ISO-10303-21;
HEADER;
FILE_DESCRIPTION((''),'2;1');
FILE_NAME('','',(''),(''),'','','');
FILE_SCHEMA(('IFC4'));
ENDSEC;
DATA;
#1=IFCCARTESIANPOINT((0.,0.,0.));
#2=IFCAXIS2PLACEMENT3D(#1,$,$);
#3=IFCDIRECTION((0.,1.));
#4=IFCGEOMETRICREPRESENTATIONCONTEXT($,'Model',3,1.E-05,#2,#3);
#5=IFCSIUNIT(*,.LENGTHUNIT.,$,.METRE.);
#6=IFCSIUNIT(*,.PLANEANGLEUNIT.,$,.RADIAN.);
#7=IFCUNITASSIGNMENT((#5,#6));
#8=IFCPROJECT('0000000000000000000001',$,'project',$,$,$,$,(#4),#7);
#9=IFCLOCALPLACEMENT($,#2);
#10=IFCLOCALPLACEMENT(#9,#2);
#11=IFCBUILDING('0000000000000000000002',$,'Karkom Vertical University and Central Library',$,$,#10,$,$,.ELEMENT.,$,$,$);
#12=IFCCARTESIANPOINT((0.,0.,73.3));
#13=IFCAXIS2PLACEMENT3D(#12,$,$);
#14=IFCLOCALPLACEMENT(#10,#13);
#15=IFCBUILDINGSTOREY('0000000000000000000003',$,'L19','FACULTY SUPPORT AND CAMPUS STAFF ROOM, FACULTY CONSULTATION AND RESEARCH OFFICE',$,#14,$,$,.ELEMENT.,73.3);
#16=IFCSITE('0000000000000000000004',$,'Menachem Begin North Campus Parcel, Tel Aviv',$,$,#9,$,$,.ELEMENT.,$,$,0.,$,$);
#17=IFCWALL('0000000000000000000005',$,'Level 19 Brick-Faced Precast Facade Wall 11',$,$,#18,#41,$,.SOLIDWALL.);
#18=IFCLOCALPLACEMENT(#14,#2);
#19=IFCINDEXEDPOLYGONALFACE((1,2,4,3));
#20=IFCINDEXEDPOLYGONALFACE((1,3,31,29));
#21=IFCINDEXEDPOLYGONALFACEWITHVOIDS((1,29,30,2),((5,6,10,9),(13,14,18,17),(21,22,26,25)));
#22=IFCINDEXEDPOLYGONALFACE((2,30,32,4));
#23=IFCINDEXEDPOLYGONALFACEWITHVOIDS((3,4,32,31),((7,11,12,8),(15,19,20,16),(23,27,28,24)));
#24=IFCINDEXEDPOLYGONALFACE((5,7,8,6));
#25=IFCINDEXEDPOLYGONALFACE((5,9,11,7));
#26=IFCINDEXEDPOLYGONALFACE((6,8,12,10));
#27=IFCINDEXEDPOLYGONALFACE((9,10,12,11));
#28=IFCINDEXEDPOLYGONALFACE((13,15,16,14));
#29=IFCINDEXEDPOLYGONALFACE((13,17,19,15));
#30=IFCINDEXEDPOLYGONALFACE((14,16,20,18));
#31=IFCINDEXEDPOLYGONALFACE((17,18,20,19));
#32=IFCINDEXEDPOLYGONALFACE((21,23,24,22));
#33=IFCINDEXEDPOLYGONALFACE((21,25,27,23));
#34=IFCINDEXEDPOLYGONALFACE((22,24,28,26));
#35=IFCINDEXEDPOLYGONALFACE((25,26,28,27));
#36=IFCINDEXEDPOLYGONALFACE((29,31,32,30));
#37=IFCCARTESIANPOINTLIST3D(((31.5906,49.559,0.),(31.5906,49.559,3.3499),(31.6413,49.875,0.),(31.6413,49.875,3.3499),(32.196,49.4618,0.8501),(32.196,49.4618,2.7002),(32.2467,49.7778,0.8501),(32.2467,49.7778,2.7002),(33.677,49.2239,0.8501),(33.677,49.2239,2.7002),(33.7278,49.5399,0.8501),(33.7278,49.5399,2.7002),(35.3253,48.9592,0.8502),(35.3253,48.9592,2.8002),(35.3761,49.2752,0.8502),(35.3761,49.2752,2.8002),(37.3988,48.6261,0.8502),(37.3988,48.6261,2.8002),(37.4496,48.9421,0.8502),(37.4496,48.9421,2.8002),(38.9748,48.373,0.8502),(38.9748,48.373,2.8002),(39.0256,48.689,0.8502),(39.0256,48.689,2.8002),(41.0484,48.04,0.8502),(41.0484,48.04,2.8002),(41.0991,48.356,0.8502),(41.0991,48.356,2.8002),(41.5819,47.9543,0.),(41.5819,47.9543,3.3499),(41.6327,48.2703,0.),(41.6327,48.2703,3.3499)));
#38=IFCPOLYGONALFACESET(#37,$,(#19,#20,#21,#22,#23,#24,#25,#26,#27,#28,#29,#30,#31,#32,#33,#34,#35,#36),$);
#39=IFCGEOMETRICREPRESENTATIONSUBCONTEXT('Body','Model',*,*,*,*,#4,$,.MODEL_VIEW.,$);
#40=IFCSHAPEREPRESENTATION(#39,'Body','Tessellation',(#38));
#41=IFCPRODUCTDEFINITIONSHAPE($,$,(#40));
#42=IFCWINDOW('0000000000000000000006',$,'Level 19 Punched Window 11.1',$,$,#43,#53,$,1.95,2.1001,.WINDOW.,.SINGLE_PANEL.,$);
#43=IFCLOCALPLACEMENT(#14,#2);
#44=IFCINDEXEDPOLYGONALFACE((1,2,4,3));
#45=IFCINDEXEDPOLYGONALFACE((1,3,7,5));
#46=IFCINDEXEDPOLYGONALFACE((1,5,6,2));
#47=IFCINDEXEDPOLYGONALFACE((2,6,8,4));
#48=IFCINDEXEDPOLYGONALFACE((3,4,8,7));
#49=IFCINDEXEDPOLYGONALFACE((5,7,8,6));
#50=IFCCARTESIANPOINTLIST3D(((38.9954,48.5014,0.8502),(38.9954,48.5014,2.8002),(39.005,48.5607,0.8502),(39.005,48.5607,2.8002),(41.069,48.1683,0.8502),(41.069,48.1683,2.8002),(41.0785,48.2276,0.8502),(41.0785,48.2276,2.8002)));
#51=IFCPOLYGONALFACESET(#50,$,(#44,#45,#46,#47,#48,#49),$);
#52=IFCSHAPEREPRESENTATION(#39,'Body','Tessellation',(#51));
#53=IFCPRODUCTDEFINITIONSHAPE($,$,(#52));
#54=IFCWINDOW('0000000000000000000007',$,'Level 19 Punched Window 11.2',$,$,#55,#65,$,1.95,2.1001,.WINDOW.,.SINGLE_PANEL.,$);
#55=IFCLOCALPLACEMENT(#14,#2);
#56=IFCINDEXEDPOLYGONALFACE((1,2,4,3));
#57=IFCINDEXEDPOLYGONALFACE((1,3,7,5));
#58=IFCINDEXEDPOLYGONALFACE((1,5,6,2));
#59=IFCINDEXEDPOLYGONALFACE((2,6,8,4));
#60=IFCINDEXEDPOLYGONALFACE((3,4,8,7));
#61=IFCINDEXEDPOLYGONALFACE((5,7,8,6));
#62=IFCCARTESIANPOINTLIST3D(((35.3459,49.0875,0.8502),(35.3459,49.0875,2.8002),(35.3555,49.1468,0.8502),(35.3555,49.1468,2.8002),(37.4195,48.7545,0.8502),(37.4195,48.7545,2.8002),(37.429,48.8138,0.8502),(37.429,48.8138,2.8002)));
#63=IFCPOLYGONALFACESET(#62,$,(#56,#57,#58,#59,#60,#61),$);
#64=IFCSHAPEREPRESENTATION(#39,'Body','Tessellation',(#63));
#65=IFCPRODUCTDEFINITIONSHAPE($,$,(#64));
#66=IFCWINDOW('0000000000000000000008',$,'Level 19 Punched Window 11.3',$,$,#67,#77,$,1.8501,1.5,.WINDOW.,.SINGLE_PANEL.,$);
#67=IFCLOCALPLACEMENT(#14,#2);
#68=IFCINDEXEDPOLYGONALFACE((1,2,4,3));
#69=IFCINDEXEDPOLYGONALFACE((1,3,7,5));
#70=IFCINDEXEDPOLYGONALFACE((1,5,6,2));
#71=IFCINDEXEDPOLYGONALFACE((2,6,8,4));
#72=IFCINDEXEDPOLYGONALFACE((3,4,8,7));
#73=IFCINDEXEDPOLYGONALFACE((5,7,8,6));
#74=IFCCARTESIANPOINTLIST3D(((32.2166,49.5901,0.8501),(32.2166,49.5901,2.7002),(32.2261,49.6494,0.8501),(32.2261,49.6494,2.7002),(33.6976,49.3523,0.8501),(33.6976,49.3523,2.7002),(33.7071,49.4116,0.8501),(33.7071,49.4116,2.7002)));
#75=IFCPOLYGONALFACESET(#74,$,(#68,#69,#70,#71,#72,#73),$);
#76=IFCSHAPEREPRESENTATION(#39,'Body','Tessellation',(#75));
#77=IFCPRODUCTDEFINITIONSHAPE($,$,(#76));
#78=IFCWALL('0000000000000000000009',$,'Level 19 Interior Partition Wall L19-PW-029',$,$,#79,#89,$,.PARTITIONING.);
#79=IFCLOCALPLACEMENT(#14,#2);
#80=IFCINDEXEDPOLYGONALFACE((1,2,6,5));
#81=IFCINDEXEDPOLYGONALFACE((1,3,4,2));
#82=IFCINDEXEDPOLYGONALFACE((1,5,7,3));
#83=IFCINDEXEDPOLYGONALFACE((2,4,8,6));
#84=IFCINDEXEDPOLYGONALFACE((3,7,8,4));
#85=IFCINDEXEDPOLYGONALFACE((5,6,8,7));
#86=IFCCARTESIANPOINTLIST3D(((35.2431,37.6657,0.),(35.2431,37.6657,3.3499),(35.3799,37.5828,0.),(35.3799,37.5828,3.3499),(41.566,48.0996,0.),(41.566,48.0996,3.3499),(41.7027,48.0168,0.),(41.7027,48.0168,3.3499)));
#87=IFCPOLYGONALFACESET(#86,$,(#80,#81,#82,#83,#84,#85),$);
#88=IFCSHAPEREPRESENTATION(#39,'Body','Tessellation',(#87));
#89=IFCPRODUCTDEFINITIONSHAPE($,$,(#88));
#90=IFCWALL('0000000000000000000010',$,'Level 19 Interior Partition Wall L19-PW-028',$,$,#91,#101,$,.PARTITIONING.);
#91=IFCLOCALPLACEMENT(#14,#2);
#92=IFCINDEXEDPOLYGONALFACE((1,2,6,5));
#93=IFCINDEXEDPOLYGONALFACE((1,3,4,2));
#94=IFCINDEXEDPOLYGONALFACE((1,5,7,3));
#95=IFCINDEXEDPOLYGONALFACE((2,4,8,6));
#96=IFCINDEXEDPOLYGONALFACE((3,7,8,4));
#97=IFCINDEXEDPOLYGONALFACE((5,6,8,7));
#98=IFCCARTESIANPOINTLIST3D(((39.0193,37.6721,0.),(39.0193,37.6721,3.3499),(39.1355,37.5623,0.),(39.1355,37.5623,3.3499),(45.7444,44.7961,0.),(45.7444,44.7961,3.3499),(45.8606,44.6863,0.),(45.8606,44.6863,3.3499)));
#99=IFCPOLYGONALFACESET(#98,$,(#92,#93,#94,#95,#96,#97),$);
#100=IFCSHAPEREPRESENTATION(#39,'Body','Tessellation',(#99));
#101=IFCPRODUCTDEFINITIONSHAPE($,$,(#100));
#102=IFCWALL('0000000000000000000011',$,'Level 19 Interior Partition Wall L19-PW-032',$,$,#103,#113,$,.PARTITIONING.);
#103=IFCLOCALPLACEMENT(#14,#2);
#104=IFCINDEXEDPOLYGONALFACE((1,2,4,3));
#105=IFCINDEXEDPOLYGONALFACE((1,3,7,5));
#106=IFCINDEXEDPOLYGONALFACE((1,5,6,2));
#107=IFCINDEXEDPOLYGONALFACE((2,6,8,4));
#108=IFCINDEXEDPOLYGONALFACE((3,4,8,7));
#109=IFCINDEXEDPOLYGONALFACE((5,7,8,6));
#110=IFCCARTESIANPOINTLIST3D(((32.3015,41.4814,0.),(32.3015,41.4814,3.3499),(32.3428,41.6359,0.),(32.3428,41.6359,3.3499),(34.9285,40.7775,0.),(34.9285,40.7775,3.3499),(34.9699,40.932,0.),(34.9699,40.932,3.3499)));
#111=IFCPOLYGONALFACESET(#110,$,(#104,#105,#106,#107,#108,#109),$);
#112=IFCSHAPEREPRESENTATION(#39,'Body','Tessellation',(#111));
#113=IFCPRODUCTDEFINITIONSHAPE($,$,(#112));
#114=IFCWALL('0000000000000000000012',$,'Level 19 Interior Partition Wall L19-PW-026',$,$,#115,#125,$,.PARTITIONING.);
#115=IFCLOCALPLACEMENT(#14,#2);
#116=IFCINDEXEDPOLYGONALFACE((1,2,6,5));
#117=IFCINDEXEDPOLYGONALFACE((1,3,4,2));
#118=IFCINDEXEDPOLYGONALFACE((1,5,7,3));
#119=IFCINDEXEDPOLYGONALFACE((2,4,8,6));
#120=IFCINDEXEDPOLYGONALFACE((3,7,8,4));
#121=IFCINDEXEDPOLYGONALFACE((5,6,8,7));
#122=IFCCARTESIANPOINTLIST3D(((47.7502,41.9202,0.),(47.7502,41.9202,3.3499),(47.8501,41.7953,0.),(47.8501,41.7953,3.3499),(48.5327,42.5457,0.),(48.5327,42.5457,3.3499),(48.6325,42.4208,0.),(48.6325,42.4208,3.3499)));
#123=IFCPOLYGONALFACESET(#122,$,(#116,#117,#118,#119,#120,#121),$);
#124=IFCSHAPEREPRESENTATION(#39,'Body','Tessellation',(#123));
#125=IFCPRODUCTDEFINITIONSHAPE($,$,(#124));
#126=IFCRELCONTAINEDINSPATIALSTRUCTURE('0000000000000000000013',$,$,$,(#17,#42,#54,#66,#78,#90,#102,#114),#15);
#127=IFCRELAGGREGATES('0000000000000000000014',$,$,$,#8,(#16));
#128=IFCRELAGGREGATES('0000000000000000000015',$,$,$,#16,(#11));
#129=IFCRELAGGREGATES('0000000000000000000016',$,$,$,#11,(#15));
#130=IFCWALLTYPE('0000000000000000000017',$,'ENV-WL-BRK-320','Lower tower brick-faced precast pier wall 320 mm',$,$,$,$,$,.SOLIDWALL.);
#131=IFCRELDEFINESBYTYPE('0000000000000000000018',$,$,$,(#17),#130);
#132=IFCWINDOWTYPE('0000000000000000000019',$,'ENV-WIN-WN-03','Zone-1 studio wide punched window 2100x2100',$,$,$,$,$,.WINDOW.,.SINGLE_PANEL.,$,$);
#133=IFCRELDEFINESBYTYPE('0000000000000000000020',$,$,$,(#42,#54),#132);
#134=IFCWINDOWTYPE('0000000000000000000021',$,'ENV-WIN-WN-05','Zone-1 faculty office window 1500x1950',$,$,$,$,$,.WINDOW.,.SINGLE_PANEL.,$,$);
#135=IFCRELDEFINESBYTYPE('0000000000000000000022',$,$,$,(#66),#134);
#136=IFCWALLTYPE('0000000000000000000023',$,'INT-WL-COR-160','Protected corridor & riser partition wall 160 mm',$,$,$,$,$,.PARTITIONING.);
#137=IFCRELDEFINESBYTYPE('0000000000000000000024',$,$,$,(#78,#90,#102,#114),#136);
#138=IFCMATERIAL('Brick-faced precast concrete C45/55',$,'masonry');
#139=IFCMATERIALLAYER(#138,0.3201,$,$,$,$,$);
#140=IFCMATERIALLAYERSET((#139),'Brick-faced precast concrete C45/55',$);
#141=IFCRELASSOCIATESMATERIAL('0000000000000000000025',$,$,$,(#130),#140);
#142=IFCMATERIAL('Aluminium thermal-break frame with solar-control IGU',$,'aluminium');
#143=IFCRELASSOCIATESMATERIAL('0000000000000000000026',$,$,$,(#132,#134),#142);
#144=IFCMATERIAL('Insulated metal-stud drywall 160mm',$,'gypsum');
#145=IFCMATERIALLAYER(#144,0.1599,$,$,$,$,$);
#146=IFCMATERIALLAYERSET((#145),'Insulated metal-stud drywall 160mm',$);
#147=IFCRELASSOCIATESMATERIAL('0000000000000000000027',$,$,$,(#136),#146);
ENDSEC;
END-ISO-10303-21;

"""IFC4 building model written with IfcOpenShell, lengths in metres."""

from ifc_helpers import new_model, si_unit, direction, frame, frame_2d, origin, origin_with_axes, place, context, subcontext, project, spatial, rectangle, extrude, source, transform, mapped, material, layer, layer_set, type_object, element, fill, save


model = new_model("IFC4")

# Units and contexts
model_context = context("Model", 3, precision=1e-05, world=origin(), true_north=direction((0.0, 1.0)))
body_context = subcontext(model_context, "Body", "Model", "MODEL_VIEW")
ifc_project = project(units=[si_unit("LENGTHUNIT", "METRE"), si_unit("PLANEANGLEUNIT", "RADIAN")], contexts=[model_context])

# Site, building, storey
site_placement = place(None, origin())
site = spatial("IfcSite", under=ifc_project, at=site_placement, Name="Menachem Begin North Campus Parcel, Tel Aviv", CompositionType="ELEMENT", RefElevation=0.0)
building_placement = place(site_placement, origin())
building = spatial("IfcBuilding", under=site, at=building_placement, Name="Karkom Vertical University and Central Library", CompositionType="ELEMENT")
storey_placement = place(building_placement, frame((0.0, 0.0, 73.3)))
storey = spatial("IfcBuildingStorey", under=building, at=storey_placement, Name="L19", Description="FACULTY SUPPORT AND CAMPUS STAFF ROOM, FACULTY CONSULTATION AND RESEARCH OFFICE", CompositionType="ELEMENT", Elevation=73.3)

# Wall, openings, windows
ifc_material_1 = material(Name="Brick-faced precast concrete C45/55", Category="masonry")
ifc_layer_1 = layer(ifc_material_1, 0.3201)
ifc_layer_set_1 = layer_set([ifc_layer_1], Name="Brick-faced precast concrete C45/55")
wall_type_1 = type_object("IfcWallType", Name="ENV-WL-BRK-320", Description="Lower tower brick-faced precast pier wall 320 mm", PredefinedType="SOLIDWALL", material=ifc_layer_set_1)
ifc_material_2 = material(Name="Aluminium thermal-break frame with solar-control IGU", Category="aluminium")
window_type_1 = type_object("IfcWindowType", Name="ENV-WIN-WN-03", Description="Zone-1 studio wide punched window 2100x2100", PartitioningType="SINGLE_PANEL", PredefinedType="WINDOW", material=ifc_material_2)
shared_shape_1 = source(origin_with_axes(), body_context, "Body", "SweptSolid", [
    extrude(rectangle(XDim=2.1001, YDim=1.95, at=frame_2d((1.05, 0.9751))), frame((0.0, 0.03, 0.0), z_axis=(0.0, -1.0, 0.0), x_axis=(1.0, 0.0, 0.0)), (0.0, 0.0, 1.0), 0.0601),
])
wall_1_placement = place(storey_placement, frame((41.6072, 48.1123, 0.0), z_axis=(0.0, 0.0, 1.0), x_axis=(-0.987346, 0.158579, 0.0)))
wall_1 = element("IfcWall", 1, at=wall_1_placement, inside=storey, type_object=wall_type_1, Name="Level 19 Brick-Faced Precast Facade Wall 11", PredefinedType="SOLIDWALL", context=body_context, shape_type="SweptSolid", body=[
    extrude(rectangle(XDim=10.1194, YDim=0.3201, at=frame_2d((5.0596, 0.0))), origin(), (0.0, 0.0, 1.0), 3.3499),
])
opening_1_placement = place(wall_1_placement, frame((0.5403, 0.0, 0.8501)))
opening_1 = element("IfcOpeningElement", 2, at=opening_1_placement, cuts=wall_1, PredefinedType="OPENING", context=body_context, shape_type="SweptSolid", body=[
    extrude(rectangle(XDim=2.1001, YDim=1.95, at=frame_2d((1.05, 0.9751))), frame((0.0, 0.1699, 0.0), z_axis=(0.0, -1.0, 0.0), x_axis=(1.0, 0.0, 0.0)), (0.0, 0.0, 1.0), 0.3401),
])
opening_2_placement = place(wall_1_placement, frame((4.2366, 0.0, 0.8501)))
opening_2 = element("IfcOpeningElement", 3, at=opening_2_placement, cuts=wall_1, PredefinedType="OPENING", context=body_context, shape_type="SweptSolid", body=[
    extrude(rectangle(XDim=2.1001, YDim=1.95, at=frame_2d((1.05, 0.9751))), frame((0.0, 0.1699, 0.0), z_axis=(0.0, -1.0, 0.0), x_axis=(1.0, 0.0, 0.0)), (0.0, 0.0, 1.0), 0.3401),
])
opening_3_placement = place(wall_1_placement, frame((8.0061, 0.0, 0.8501)))
opening_3 = element("IfcOpeningElement", 4, at=opening_3_placement, cuts=wall_1, PredefinedType="OPENING", context=body_context, shape_type="SweptSolid", body=[
    extrude(rectangle(XDim=1.5, YDim=1.8501, at=frame_2d((0.75, 0.925))), frame((0.0, 0.1699, 0.0), z_axis=(0.0, -1.0, 0.0), x_axis=(1.0, 0.0, 0.0)), (0.0, 0.0, 1.0), 0.3401),
])
window_1_placement = place(opening_1_placement, origin())
window_1 = element("IfcWindow", 5, at=window_1_placement, inside=storey, type_object=window_type_1, Name="Level 19 Punched Window 11.1", OverallHeight=1.95, OverallWidth=2.1001, PartitioningType="SINGLE_PANEL", PredefinedType="WINDOW", context=body_context, shape_type="MappedRepresentation", body=[
    mapped(shared_shape_1, transform((0.0, 0.0, 0.0), scale=1.0)),
])
fill(opening_1, window_1)
window_2_placement = place(opening_2_placement, origin())
window_2 = element("IfcWindow", 6, at=window_2_placement, inside=storey, type_object=window_type_1, Name="Level 19 Punched Window 11.2", OverallHeight=1.95, OverallWidth=2.1001, PartitioningType="SINGLE_PANEL", PredefinedType="WINDOW", context=body_context, shape_type="MappedRepresentation", body=[
    mapped(shared_shape_1, transform((0.0, 0.0, 0.0), scale=1.0)),
])
fill(opening_2, window_2)
window_type_2 = type_object("IfcWindowType", Name="ENV-WIN-WN-05", Description="Zone-1 faculty office window 1500x1950", PartitioningType="SINGLE_PANEL", PredefinedType="WINDOW", material=ifc_material_2)
shared_shape_2 = source(origin_with_axes(), body_context, "Body", "SweptSolid", [
    extrude(rectangle(XDim=1.5, YDim=1.8501, at=frame_2d((0.75, 0.925))), frame((0.0, 0.03, 0.0), z_axis=(0.0, -1.0, 0.0), x_axis=(1.0, 0.0, 0.0)), (0.0, 0.0, 1.0), 0.0601),
])
window_3_placement = place(opening_3_placement, origin())
window_3 = element("IfcWindow", 7, at=window_3_placement, inside=storey, type_object=window_type_2, Name="Level 19 Punched Window 11.3", OverallHeight=1.8501, OverallWidth=1.5, PartitioningType="SINGLE_PANEL", PredefinedType="WINDOW", context=body_context, shape_type="MappedRepresentation", body=[
    mapped(shared_shape_2, transform((0.0, 0.0, 0.0), scale=1.0)),
])
fill(opening_3, window_3)

# Shared definitions
ifc_material_3 = material(Name="Insulated metal-stud drywall 160mm", Category="gypsum")
ifc_layer_2 = layer(ifc_material_3, 0.1599)
ifc_layer_set_2 = layer_set([ifc_layer_2], Name="Insulated metal-stud drywall 160mm")
wall_type_2 = type_object("IfcWallType", Name="INT-WL-COR-160", Description="Protected corridor & riser partition wall 160 mm", PredefinedType="PARTITIONING", material=ifc_layer_set_2)

# Walls
wall_2_placement = place(storey_placement, frame((35.3115, 37.6243, 0.0), z_axis=(0.0, 0.0, 1.0), x_axis=(0.518255, 0.855226, 0.0)))
element("IfcWall", 8, at=wall_2_placement, inside=storey, type_object=wall_type_2, Name="Level 19 Interior Partition Wall L19-PW-029", PredefinedType="PARTITIONING", context=body_context, shape_type="SweptSolid", body=[
    extrude(rectangle(XDim=12.2002, YDim=0.1599, at=frame_2d((6.1001, 0.0))), origin(), (0.0, 0.0, 1.0), 3.3499),
])
wall_3_placement = place(storey_placement, frame((39.0774, 37.6172, 0.0), z_axis=(0.0, 0.0, 1.0), x_axis=(0.686454, 0.727173, 0.0)))
element("IfcWall", 9, at=wall_3_placement, inside=storey, type_object=wall_type_2, Name="Level 19 Interior Partition Wall L19-PW-028", PredefinedType="PARTITIONING", context=body_context, shape_type="SweptSolid", body=[
    extrude(rectangle(XDim=9.7969, YDim=0.1599, at=frame_2d((4.8984, 0.0))), origin(), (0.0, 0.0, 1.0), 3.3499),
])
wall_4_placement = place(storey_placement, frame((34.9492, 40.8547, 0.0), z_axis=(0.0, 0.0, 1.0), x_axis=(-0.965929, 0.258808, 0.0)))
element("IfcWall", 10, at=wall_4_placement, inside=storey, type_object=wall_type_2, Name="Level 19 Interior Partition Wall L19-PW-032", PredefinedType="PARTITIONING", context=body_context, shape_type="SweptSolid", body=[
    extrude(rectangle(XDim=2.7197, YDim=0.1599, at=frame_2d((1.3599, 0.0))), origin(), (0.0, 0.0, 1.0), 3.3499),
])
wall_5_placement = place(storey_placement, frame((47.8, 41.8577, 0.0), z_axis=(0.0, 0.0, 1.0), x_axis=(0.781107, 0.624398, 0.0)))
element("IfcWall", 11, at=wall_5_placement, inside=storey, type_object=wall_type_2, Name="Level 19 Interior Partition Wall L19-PW-026", PredefinedType="PARTITIONING", context=body_context, shape_type="SweptSolid", body=[
    extrude(rectangle(XDim=1.0017, YDim=0.1599, at=frame_2d((0.501, 0.0))), origin(), (0.0, 0.0, 1.0), 3.3499),
])

save(model, "model.ifc")
